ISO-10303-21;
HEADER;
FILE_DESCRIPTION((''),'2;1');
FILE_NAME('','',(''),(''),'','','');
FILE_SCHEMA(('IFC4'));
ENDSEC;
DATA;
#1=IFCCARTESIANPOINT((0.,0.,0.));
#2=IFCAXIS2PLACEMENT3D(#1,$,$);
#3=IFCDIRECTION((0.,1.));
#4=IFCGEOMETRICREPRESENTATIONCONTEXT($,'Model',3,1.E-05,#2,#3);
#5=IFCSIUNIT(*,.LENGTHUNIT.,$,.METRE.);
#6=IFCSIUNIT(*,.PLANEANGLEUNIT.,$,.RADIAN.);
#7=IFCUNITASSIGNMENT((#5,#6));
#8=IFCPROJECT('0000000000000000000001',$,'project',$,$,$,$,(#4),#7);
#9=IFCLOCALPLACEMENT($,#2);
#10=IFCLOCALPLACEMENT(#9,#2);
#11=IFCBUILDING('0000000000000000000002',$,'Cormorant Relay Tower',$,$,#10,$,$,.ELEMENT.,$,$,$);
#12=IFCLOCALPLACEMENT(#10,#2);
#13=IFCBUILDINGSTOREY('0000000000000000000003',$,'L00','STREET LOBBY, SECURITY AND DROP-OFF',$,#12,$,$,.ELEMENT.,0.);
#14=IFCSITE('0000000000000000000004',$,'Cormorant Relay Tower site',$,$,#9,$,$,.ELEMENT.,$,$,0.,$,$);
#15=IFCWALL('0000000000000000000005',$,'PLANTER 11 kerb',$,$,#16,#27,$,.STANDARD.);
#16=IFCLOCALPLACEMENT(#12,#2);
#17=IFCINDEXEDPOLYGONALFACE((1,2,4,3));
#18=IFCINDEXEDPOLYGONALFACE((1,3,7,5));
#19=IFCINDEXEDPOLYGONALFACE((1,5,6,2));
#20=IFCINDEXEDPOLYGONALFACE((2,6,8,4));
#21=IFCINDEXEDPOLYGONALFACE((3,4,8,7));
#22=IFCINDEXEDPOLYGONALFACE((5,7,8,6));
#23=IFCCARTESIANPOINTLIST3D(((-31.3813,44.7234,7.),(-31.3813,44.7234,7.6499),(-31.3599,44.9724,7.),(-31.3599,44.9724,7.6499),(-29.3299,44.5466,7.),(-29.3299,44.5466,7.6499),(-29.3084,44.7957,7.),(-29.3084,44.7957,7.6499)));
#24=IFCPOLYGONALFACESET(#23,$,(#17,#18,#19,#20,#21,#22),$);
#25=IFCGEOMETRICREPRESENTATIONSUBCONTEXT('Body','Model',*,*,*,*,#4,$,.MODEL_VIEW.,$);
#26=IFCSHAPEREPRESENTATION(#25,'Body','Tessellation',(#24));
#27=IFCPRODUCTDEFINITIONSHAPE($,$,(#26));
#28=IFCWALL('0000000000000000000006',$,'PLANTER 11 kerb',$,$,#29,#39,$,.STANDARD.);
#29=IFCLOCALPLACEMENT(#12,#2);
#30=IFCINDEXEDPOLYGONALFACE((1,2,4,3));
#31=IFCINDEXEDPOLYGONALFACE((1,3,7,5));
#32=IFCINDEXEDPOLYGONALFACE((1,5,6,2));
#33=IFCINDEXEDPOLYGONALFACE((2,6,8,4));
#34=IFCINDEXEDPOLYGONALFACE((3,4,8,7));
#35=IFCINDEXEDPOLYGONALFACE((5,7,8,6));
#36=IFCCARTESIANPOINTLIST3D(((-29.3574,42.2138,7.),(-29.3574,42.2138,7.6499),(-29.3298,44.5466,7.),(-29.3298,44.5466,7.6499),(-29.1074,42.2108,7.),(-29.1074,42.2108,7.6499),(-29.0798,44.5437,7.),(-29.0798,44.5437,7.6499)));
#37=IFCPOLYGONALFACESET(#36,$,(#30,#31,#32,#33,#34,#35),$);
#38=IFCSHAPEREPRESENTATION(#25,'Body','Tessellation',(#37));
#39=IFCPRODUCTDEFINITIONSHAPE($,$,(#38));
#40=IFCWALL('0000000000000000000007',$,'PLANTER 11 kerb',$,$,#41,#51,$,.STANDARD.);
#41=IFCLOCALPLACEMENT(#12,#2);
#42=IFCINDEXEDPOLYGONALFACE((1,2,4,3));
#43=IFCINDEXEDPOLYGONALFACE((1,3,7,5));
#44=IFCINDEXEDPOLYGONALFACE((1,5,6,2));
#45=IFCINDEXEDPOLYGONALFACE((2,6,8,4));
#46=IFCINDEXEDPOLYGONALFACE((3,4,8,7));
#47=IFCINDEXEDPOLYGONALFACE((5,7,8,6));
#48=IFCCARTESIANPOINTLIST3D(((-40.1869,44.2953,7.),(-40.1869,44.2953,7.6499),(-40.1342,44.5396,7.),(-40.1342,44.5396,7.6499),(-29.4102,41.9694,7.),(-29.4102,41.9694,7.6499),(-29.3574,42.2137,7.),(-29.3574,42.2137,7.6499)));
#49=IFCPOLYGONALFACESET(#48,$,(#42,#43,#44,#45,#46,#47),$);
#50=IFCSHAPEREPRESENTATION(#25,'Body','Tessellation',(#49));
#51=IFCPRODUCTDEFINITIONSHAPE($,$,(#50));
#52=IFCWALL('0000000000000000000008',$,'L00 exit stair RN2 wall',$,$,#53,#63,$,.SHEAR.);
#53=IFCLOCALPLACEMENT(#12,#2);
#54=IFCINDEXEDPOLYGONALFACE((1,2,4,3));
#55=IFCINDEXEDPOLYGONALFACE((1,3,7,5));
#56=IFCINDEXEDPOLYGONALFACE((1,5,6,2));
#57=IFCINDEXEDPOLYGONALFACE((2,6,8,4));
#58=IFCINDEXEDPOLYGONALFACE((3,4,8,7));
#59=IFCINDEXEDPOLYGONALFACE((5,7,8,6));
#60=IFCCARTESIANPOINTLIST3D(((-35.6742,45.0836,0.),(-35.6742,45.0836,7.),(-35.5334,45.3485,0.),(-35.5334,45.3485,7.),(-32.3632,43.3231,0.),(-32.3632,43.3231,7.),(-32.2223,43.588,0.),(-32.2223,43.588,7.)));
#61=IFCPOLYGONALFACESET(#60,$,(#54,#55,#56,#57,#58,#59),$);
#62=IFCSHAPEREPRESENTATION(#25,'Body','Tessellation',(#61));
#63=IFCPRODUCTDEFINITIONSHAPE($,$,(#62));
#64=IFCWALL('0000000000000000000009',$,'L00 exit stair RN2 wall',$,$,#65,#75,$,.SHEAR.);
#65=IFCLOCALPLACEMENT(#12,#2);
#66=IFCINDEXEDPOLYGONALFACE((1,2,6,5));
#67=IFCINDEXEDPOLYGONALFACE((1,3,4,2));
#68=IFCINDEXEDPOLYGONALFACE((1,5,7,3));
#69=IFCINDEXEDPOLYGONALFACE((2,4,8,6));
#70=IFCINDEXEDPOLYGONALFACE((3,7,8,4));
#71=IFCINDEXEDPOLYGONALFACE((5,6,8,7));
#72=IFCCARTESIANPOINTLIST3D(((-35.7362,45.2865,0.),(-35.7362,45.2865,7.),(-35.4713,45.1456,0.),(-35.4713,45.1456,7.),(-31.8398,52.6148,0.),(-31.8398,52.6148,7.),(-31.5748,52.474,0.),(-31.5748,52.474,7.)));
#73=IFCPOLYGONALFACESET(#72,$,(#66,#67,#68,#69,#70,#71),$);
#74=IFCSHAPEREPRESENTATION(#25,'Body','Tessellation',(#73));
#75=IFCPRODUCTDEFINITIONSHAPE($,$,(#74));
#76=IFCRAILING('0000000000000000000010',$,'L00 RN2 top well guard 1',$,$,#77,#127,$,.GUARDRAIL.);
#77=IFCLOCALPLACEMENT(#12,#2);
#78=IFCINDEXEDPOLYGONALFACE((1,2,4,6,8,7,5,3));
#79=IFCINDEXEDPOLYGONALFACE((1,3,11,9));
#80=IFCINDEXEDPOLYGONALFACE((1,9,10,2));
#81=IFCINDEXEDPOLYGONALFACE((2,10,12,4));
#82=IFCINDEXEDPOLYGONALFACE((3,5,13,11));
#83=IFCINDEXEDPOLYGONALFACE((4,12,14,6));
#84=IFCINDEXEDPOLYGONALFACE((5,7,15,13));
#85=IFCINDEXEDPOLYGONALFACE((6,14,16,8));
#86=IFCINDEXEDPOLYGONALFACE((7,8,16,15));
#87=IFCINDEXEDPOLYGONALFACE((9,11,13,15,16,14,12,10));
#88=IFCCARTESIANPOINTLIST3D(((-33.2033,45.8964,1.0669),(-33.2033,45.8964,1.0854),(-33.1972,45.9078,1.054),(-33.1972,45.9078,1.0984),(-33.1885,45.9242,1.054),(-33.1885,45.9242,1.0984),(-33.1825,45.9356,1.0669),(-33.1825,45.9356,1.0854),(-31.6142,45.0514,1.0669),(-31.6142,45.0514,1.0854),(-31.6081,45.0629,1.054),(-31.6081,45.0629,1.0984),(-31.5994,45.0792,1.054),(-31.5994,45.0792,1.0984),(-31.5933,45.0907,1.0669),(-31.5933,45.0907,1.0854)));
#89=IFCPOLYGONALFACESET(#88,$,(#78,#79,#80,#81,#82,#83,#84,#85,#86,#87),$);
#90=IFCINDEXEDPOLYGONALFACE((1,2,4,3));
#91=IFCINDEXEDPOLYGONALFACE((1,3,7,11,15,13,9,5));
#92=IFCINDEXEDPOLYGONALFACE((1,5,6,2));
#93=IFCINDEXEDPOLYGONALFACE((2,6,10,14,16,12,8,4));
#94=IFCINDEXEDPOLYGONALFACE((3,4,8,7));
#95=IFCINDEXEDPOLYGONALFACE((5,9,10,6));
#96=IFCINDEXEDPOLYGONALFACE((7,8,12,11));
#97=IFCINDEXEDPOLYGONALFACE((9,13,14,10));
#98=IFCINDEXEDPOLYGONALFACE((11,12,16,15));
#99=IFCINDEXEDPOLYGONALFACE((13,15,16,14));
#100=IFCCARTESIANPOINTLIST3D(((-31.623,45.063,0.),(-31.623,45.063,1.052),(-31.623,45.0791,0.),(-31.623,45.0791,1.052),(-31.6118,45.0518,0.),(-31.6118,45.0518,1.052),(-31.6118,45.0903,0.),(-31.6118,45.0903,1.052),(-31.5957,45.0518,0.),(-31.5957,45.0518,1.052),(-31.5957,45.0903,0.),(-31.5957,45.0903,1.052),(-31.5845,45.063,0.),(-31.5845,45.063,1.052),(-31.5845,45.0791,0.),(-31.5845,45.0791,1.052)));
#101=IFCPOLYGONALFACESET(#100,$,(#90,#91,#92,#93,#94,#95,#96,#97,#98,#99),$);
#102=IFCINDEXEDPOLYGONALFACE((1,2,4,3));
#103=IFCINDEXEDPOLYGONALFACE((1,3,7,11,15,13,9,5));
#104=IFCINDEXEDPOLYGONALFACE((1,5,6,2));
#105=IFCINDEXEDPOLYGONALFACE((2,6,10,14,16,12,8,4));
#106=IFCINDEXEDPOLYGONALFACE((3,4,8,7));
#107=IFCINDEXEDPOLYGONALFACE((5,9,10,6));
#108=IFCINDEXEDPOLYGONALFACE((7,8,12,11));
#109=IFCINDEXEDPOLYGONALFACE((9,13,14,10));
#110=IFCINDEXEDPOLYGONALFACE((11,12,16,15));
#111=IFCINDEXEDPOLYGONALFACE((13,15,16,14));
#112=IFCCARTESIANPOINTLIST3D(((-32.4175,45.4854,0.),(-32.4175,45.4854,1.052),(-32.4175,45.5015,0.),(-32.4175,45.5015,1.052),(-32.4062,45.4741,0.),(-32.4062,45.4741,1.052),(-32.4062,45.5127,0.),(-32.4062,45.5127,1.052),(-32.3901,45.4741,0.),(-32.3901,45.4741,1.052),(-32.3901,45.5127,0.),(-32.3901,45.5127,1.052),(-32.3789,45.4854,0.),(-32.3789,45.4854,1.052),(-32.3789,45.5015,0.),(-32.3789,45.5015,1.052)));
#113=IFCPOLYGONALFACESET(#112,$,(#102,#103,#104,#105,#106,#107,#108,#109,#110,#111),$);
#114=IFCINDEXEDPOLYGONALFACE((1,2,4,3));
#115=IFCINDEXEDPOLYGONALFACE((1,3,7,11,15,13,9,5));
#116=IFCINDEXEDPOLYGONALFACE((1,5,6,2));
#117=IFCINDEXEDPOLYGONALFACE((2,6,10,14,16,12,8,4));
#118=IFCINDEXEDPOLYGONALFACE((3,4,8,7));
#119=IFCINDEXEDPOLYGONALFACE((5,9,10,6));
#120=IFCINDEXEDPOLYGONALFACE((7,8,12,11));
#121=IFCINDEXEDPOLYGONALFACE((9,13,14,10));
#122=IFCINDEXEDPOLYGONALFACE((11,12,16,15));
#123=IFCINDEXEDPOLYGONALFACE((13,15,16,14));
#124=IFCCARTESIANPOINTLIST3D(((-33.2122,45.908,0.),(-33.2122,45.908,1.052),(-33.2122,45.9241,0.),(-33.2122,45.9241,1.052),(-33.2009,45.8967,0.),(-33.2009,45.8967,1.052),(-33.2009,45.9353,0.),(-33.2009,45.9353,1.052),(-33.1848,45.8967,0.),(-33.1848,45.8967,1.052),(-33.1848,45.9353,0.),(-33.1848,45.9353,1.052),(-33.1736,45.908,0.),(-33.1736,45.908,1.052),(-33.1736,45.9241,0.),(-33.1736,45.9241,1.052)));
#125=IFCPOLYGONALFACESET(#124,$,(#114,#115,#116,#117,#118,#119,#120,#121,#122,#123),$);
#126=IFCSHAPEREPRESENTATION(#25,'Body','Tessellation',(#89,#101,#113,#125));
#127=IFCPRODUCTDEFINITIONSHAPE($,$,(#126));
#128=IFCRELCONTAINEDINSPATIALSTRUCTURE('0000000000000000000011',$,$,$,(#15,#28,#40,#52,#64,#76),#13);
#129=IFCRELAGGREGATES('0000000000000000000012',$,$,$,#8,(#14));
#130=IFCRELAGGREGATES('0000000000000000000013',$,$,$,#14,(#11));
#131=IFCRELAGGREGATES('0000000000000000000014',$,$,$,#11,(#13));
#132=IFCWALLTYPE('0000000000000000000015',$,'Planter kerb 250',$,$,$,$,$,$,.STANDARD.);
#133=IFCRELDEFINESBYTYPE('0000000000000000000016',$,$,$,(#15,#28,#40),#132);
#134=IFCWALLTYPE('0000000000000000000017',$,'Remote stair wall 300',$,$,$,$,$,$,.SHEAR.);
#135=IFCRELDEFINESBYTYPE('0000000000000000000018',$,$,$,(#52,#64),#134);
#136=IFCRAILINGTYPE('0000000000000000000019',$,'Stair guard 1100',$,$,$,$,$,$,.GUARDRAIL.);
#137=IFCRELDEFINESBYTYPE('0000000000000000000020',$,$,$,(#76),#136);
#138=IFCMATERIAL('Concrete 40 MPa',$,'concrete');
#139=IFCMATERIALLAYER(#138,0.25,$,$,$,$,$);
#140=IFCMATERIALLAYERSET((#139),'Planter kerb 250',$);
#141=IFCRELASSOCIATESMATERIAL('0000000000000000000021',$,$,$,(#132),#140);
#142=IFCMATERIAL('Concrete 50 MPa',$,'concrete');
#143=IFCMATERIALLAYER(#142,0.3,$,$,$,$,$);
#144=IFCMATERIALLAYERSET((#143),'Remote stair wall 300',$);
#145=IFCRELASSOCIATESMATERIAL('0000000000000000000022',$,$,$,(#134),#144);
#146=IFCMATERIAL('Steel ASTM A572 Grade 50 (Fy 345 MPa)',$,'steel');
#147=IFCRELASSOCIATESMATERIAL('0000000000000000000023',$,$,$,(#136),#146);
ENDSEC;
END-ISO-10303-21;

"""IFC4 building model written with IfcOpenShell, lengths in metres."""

from ifc_helpers import new_model, si_unit, direction, frame, frame_2d, origin, place, context, subcontext, project, spatial, polyline, rectangle, outline, extrude, material, layer, layer_set, type_object, element, save


model = new_model("IFC4")

# Units and contexts
model_context = context("Model", 3, precision=1e-05, world=origin(), true_north=direction((0.0, 1.0)))
body_context = subcontext(model_context, "Body", "Model", "MODEL_VIEW")
ifc_project = project(units=[si_unit("LENGTHUNIT", "METRE"), si_unit("PLANEANGLEUNIT", "RADIAN")], contexts=[model_context])

# Site, building, storey
site_placement = place(None, origin())
site = spatial("IfcSite", under=ifc_project, at=site_placement, Name="Cormorant Relay Tower site", CompositionType="ELEMENT", RefElevation=0.0)
building_placement = place(site_placement, origin())
building = spatial("IfcBuilding", under=site, at=building_placement, Name="Cormorant Relay Tower", CompositionType="ELEMENT")
storey_placement = place(building_placement, origin())
storey = spatial("IfcBuildingStorey", under=building, at=storey_placement, Name="L00", Description="STREET LOBBY, SECURITY AND DROP-OFF", CompositionType="ELEMENT", Elevation=0.0)

# Walls
ifc_material_1 = material(Name="Concrete 40 MPa", Category="concrete")
ifc_layer_1 = layer(ifc_material_1, 0.25)
ifc_layer_set_1 = layer_set([ifc_layer_1], Name="Planter kerb 250")
wall_type_1 = type_object("IfcWallType", Name="Planter kerb 250", PredefinedType="STANDARD", material=ifc_layer_set_1)
wall_1_placement = place(storey_placement, frame((-31.3706, 44.8479, 7.0), z_axis=(0.0, 0.0, 1.0), x_axis=(0.996309, -0.085842, 0.0)))
element("IfcWall", 1, at=wall_1_placement, inside=storey, type_object=wall_type_1, Name="PLANTER 11 kerb", PredefinedType="STANDARD", context=body_context, shape_type="SweptSolid", body=[
    extrude(rectangle(XDim=2.0591, YDim=0.25, at=frame_2d((1.0295, 0.0))), origin(), (0.0, 0.0, 1.0), 0.6499),
])
wall_2_placement = place(storey_placement, frame((-29.2048, 44.5452, 7.0), z_axis=(0.0, 0.0, 1.0), x_axis=(-0.011825, -0.99993, 0.0)))
element("IfcWall", 2, at=wall_2_placement, inside=storey, type_object=wall_type_1, Name="PLANTER 11 kerb", PredefinedType="STANDARD", context=body_context, shape_type="SweptSolid", body=[
    extrude(rectangle(XDim=2.333, YDim=0.25, at=frame_2d((1.1665, 0.0))), origin(), (0.0, 0.0, 1.0), 0.6499),
])
wall_3_placement = place(storey_placement, frame((-29.3838, 42.0916, 7.0), z_axis=(0.0, 0.0, 1.0), x_axis=(-0.977493, 0.210969, 0.0)))
element("IfcWall", 3, at=wall_3_placement, inside=storey, type_object=wall_type_1, Name="PLANTER 11 kerb", PredefinedType="STANDARD", context=body_context, shape_type="SweptSolid", body=[
    extrude(rectangle(XDim=11.0249, YDim=0.25, at=frame_2d((5.5125, 0.0))), origin(), (0.0, 0.0, 1.0), 0.6499),
])
ifc_material_2 = material(Name="Concrete 50 MPa", Category="concrete")
ifc_layer_2 = layer(ifc_material_2, 0.3)
ifc_layer_set_2 = layer_set([ifc_layer_2], Name="Remote stair wall 300")
wall_type_2 = type_object("IfcWallType", Name="Remote stair wall 300", PredefinedType="SHEAR", material=ifc_layer_set_2)
wall_4_placement = place(storey_placement, frame((-32.2927, 43.4556, 0.0), z_axis=(0.0, 0.0, 1.0), x_axis=(-0.882949, 0.469469, 0.0)))
element("IfcWall", 4, at=wall_4_placement, inside=storey, type_object=wall_type_2, Name="L00 exit stair RN2 wall", PredefinedType="SHEAR", context=body_context, shape_type="SweptSolid", body=[
    extrude(rectangle(XDim=3.75, YDim=0.3, at=frame_2d((1.875, 0.0))), origin(), (0.0, 0.0, 1.0), 7.0),
])
wall_5_placement = place(storey_placement, frame((-35.6038, 45.2161, 0.0), z_axis=(0.0, 0.0, 1.0), x_axis=(0.469464, 0.882952, 0.0)))
element("IfcWall", 5, at=wall_5_placement, inside=storey, type_object=wall_type_2, Name="L00 exit stair RN2 wall", PredefinedType="SHEAR", context=body_context, shape_type="SweptSolid", body=[
    extrude(rectangle(XDim=8.2998, YDim=0.3, at=frame_2d((4.1499, 0.0))), origin(), (0.0, 0.0, 1.0), 7.0),
])

# Railing
ifc_material_3 = material(Name="Steel ASTM A572 Grade 50 (Fy 345 MPa)", Category="steel")
railing_type = type_object("IfcRailingType", Name="Stair guard 1100", PredefinedType="GUARDRAIL", material=ifc_material_3)
railing_placement = place(storey_placement, frame((-31.6038, 45.071, 0.0)))
element("IfcRailing", 6, at=railing_placement, inside=storey, type_object=railing_type, Name="L00 RN2 top well guard 1", PredefinedType="GUARDRAIL", context=body_context, shape_type="SweptSolid", body=[
    extrude(outline(polyline([(0.0222, 0.0093), (0.0093, 0.0222), (-0.0093, 0.0222), (-0.0222, 0.0093), (-0.0222, -0.0093), (-0.0093, -0.0222), (0.0093, -0.0222), (0.0222, -0.0093), (0.0222, 0.0093)])), frame((0.0, 0.0, 1.0762), z_axis=(-0.882942, 0.469482, 0.0), x_axis=(-0.469482, -0.882942, 0.0)), (0.0, 0.0, 1.0), 1.7998),
    extrude(outline(polyline([(0.0193, 0.0081), (0.0081, 0.0193), (-0.0081, 0.0193), (-0.0193, 0.0081), (-0.0193, -0.0081), (-0.0081, -0.0193), (0.0081, -0.0193), (0.0193, -0.0081), (0.0193, 0.0081)])), origin(), (0.0, 0.0, 1.0), 1.052),
    extrude(outline(polyline([(0.0193, 0.0081), (0.0081, 0.0193), (-0.0081, 0.0193), (-0.0193, 0.0081), (-0.0193, -0.0081), (-0.0081, -0.0193), (0.0081, -0.0193), (0.0193, -0.0081), (0.0193, 0.0081)])), frame((-0.7944, 0.4224, 0.0)), (0.0, 0.0, 1.0), 1.052),
    extrude(outline(polyline([(0.0193, 0.0081), (0.0081, 0.0193), (-0.0081, 0.0193), (-0.0193, 0.0081), (-0.0193, -0.0081), (-0.0081, -0.0193), (0.0081, -0.0193), (0.0193, -0.0081), (0.0193, 0.0081)])), frame((-1.5891, 0.845, 0.0)), (0.0, 0.0, 1.0), 1.052),
])

save(model, "model.ifc")
